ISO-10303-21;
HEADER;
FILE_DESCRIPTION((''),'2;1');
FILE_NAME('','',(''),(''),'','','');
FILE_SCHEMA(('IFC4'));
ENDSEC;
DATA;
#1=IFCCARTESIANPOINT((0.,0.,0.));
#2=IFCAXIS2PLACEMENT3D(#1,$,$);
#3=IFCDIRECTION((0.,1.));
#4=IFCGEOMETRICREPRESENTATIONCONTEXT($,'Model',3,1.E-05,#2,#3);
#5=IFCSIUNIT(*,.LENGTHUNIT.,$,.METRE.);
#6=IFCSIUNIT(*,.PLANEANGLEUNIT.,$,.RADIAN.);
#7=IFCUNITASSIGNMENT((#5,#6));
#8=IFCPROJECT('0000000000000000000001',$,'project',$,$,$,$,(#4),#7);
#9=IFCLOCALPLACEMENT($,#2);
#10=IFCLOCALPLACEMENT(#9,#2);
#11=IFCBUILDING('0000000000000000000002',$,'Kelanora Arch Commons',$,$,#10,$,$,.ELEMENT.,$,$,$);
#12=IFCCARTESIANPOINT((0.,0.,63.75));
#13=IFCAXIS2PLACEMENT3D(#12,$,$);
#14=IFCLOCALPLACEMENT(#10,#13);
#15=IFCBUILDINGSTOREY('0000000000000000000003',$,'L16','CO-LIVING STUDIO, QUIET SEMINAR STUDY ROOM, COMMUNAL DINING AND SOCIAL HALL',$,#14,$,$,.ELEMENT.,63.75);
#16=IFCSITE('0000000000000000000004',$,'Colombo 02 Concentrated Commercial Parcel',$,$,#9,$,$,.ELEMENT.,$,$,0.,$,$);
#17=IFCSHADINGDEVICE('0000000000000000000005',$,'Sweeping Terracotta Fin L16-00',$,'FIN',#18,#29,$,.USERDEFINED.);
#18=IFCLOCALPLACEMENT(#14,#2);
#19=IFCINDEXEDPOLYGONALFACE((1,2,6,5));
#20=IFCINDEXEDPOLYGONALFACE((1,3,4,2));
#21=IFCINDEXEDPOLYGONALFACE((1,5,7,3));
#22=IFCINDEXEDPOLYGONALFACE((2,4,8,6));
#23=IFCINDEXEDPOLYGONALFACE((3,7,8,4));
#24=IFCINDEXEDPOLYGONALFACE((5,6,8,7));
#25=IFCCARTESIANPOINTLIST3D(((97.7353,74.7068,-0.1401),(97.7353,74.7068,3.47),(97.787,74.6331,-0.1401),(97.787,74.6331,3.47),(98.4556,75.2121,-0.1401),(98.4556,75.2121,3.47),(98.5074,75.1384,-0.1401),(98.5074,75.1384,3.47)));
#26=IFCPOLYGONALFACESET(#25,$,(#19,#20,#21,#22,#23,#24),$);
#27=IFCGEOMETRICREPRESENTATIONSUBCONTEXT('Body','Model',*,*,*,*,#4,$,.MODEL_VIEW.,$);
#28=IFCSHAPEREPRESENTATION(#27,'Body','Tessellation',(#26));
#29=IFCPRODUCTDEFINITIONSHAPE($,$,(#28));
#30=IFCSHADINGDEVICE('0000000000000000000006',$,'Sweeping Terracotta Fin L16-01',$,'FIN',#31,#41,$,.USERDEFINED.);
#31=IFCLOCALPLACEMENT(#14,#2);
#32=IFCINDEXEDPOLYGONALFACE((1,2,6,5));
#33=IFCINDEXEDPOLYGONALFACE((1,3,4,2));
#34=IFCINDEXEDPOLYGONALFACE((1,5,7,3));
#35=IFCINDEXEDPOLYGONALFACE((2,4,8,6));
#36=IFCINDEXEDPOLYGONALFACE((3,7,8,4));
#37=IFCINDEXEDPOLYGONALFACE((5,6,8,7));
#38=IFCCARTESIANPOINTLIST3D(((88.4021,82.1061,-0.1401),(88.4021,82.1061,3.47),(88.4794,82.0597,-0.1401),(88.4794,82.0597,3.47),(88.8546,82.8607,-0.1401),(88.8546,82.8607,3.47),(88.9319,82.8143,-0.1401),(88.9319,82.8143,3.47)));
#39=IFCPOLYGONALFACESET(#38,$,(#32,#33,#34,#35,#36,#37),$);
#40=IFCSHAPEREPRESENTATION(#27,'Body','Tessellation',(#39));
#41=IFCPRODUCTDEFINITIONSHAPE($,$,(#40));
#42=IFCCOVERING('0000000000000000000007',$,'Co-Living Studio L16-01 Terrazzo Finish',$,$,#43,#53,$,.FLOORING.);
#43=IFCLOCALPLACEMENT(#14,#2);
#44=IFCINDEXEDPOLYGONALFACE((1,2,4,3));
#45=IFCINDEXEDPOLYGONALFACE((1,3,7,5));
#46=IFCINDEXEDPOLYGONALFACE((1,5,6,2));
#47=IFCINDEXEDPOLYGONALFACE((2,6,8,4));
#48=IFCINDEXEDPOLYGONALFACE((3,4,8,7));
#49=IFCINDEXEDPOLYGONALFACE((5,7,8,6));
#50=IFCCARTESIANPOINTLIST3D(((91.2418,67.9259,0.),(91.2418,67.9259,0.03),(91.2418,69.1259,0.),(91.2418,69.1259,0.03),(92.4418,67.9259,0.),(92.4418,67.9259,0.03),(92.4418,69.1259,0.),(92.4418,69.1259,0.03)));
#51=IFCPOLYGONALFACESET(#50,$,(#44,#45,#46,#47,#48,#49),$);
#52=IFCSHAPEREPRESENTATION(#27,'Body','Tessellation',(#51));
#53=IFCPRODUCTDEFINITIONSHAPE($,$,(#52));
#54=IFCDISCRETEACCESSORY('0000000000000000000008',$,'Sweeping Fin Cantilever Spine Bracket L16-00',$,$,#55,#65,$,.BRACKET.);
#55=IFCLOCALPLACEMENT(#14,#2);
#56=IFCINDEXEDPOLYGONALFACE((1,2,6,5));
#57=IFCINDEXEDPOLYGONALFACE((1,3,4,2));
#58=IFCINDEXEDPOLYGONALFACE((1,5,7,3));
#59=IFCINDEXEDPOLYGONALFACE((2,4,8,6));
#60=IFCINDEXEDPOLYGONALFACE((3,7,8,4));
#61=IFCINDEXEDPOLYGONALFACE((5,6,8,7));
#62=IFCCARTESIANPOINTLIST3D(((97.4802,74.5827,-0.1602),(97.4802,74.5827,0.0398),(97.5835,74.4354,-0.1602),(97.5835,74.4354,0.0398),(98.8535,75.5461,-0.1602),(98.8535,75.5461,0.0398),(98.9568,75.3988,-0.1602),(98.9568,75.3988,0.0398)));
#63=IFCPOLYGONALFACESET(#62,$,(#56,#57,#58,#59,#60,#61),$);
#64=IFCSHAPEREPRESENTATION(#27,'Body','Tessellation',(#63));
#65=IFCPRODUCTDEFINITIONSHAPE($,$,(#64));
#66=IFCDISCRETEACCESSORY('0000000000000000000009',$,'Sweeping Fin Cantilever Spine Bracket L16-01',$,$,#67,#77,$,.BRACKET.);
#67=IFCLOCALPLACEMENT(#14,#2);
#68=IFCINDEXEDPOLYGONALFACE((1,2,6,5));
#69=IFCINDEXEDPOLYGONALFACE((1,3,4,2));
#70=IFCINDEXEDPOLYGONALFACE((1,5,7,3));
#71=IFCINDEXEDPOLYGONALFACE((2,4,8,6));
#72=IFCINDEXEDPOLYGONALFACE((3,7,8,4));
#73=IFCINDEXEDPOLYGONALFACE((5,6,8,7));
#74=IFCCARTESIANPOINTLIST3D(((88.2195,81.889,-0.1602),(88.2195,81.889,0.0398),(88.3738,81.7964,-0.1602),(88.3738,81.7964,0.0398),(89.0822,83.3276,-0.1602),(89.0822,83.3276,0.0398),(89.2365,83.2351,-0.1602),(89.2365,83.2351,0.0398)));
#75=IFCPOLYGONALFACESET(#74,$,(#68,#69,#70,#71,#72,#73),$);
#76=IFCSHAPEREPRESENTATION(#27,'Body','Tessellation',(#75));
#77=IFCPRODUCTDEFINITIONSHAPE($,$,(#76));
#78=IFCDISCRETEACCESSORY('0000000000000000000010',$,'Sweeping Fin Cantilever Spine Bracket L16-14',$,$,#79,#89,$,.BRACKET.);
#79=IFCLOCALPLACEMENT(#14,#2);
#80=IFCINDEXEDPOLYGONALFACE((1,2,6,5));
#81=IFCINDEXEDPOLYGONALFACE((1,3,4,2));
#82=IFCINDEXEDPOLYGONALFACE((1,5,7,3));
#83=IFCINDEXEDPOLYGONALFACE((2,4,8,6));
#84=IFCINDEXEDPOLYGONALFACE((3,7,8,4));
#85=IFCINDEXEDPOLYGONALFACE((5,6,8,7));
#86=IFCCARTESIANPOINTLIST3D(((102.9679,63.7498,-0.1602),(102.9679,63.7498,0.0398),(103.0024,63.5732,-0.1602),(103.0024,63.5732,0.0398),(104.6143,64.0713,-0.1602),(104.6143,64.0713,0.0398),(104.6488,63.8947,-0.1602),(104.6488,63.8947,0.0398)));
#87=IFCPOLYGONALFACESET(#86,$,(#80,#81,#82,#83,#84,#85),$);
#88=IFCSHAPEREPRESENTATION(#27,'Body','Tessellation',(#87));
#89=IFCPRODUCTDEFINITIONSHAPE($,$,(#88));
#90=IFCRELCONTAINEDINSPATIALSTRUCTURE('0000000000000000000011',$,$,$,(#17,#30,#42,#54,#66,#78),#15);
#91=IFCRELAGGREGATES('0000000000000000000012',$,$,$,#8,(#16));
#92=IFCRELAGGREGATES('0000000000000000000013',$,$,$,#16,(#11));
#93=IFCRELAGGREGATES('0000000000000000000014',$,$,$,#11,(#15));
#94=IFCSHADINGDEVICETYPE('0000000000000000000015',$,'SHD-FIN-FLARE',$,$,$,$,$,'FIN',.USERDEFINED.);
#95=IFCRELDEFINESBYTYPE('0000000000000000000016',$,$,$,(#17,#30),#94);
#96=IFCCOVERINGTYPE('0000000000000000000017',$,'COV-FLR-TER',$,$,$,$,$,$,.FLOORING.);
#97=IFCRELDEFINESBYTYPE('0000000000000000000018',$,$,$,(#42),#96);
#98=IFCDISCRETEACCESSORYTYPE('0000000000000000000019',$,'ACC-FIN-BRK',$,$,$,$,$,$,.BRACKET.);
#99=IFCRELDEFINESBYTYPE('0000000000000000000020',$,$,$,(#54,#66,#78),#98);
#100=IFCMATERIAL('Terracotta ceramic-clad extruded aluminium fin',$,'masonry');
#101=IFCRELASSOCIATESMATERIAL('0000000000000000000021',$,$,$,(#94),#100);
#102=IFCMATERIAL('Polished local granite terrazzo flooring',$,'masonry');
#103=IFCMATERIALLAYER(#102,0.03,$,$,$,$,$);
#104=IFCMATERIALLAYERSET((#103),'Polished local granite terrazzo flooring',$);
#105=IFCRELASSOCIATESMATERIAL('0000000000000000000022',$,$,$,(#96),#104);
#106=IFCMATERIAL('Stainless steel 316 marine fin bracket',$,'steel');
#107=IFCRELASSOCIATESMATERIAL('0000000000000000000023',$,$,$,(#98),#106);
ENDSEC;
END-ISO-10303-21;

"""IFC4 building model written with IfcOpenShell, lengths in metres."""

from ifc_helpers import new_model, si_unit, direction, frame, origin, origin_2d, place, context, subcontext, project, spatial, rectangle, extrude, source, transform, mapped, material, layer, layer_set, type_object, element, save


model = new_model("IFC4")

# Units and contexts
model_context = context("Model", 3, precision=1e-05, world=origin(), true_north=direction((0.0, 1.0)))
body_context = subcontext(model_context, "Body", "Model", "MODEL_VIEW")
ifc_project = project(units=[si_unit("LENGTHUNIT", "METRE"), si_unit("PLANEANGLEUNIT", "RADIAN")], contexts=[model_context])

# Site, building, storey
site_placement = place(None, origin())
site = spatial("IfcSite", under=ifc_project, at=site_placement, Name="Colombo 02 Concentrated Commercial Parcel", CompositionType="ELEMENT", RefElevation=0.0)
building_placement = place(site_placement, origin())
building = spatial("IfcBuilding", under=site, at=building_placement, Name="Kelanora Arch Commons", CompositionType="ELEMENT")
storey_placement = place(building_placement, frame((0.0, 0.0, 63.75)))
storey = spatial("IfcBuildingStorey", under=building, at=storey_placement, Name="L16", Description="CO-LIVING STUDIO, QUIET SEMINAR STUDY ROOM, COMMUNAL DINING AND SOCIAL HALL", CompositionType="ELEMENT", Elevation=63.75)

# Shading devices
ifc_material_1 = material(Name="Terracotta ceramic-clad extruded aluminium fin", Category="masonry")
shading_device_type = type_object("IfcShadingDeviceType", Name="SHD-FIN-FLARE", ElementType="FIN", PredefinedType="USERDEFINED", material=ifc_material_1)
shared_shape_1 = source(origin(), body_context, "Body", "SweptSolid", [
    extrude(rectangle(XDim=0.8799, YDim=0.0901, at=origin_2d()), origin(), (0.0, 0.0, 1.0), 3.6101),
])
for number, where, z_axis, x_axis, name in (
    (1, (98.1213, 74.9226, -0.1401), (0.0, 0.0, 1.0), (0.818651, 0.574291, 0.0), "Sweeping Terracotta Fin L16-00"),
    (2, (88.667, 82.4602, -0.1401), (0.0, 0.0, 1.0), (0.51429, 0.857616, 0.0), "Sweeping Terracotta Fin L16-01"),
):
    element("IfcShadingDevice", number, at=place(storey_placement, frame(where, z_axis=z_axis, x_axis=x_axis)), inside=storey, type_object=shading_device_type, Name=name, ObjectType="FIN", PredefinedType="USERDEFINED", context=body_context, shape_type="MappedRepresentation", body=[
        mapped(shared_shape_1, transform((0.0, 0.0, 0.0), scale=1.0)),
    ])

# Covering
ifc_material_2 = material(Name="Polished local granite terrazzo flooring", Category="masonry")
ifc_layer_1 = layer(ifc_material_2, 0.03)
ifc_layer_set_1 = layer_set([ifc_layer_1], Name="Polished local granite terrazzo flooring")
covering_type = type_object("IfcCoveringType", Name="COV-FLR-TER", PredefinedType="FLOORING", material=ifc_layer_set_1)
shared_shape_2 = source(origin(), body_context, "Body", "SweptSolid", [
    extrude(rectangle(XDim=1.2, YDim=1.2, at=origin_2d()), origin(), (0.0, 0.0, 1.0), 0.03),
])
covering_placement = place(storey_placement, frame((91.8418, 68.5259, 0.0), z_axis=(0.0, 0.0, 1.0), x_axis=(1.0, 0.0, 0.0)))
element("IfcCovering", 3, at=covering_placement, inside=storey, type_object=covering_type, Name="Co-Living Studio L16-01 Terrazzo Finish", PredefinedType="FLOORING", context=body_context, shape_type="MappedRepresentation", body=[
    mapped(shared_shape_2, transform((0.0, 0.0, 0.0), scale=1.0)),
])

# Discrete accessories
ifc_material_3 = material(Name="Stainless steel 316 marine fin bracket", Category="steel")
discrete_accessory_type = type_object("IfcDiscreteAccessoryType", Name="ACC-FIN-BRK", PredefinedType="BRACKET", material=ifc_material_3)
shared_shape_3 = source(origin(), body_context, "Body", "SweptSolid", [
    extrude(rectangle(XDim=1.6775, YDim=0.1799, at=origin_2d()), origin(), (0.0, 0.0, 1.0), 0.2),
])
for number, where, z_axis, x_axis, name in (
    (4, (98.2185, 74.9907, -0.1602), (0.0, 0.0, 1.0), (0.818651, 0.574291, 0.0), "Sweeping Fin Cantilever Spine Bracket L16-00"),
    (5, (88.728, 82.562, -0.1602), (0.0, 0.0, 1.0), (0.51429, 0.857616, 0.0), "Sweeping Fin Cantilever Spine Bracket L16-01"),
    (6, (103.8083, 63.8223, -0.1602), (0.0, 0.0, 1.0), (0.98146, 0.191666, 0.0), "Sweeping Fin Cantilever Spine Bracket L16-14"),
):
    element("IfcDiscreteAccessory", number, at=place(storey_placement, frame(where, z_axis=z_axis, x_axis=x_axis)), inside=storey, type_object=discrete_accessory_type, Name=name, PredefinedType="BRACKET", context=body_context, shape_type="MappedRepresentation", body=[
        mapped(shared_shape_3, transform((0.0, 0.0, 0.0), scale=1.0)),
    ])

save(model, "model.ifc")
